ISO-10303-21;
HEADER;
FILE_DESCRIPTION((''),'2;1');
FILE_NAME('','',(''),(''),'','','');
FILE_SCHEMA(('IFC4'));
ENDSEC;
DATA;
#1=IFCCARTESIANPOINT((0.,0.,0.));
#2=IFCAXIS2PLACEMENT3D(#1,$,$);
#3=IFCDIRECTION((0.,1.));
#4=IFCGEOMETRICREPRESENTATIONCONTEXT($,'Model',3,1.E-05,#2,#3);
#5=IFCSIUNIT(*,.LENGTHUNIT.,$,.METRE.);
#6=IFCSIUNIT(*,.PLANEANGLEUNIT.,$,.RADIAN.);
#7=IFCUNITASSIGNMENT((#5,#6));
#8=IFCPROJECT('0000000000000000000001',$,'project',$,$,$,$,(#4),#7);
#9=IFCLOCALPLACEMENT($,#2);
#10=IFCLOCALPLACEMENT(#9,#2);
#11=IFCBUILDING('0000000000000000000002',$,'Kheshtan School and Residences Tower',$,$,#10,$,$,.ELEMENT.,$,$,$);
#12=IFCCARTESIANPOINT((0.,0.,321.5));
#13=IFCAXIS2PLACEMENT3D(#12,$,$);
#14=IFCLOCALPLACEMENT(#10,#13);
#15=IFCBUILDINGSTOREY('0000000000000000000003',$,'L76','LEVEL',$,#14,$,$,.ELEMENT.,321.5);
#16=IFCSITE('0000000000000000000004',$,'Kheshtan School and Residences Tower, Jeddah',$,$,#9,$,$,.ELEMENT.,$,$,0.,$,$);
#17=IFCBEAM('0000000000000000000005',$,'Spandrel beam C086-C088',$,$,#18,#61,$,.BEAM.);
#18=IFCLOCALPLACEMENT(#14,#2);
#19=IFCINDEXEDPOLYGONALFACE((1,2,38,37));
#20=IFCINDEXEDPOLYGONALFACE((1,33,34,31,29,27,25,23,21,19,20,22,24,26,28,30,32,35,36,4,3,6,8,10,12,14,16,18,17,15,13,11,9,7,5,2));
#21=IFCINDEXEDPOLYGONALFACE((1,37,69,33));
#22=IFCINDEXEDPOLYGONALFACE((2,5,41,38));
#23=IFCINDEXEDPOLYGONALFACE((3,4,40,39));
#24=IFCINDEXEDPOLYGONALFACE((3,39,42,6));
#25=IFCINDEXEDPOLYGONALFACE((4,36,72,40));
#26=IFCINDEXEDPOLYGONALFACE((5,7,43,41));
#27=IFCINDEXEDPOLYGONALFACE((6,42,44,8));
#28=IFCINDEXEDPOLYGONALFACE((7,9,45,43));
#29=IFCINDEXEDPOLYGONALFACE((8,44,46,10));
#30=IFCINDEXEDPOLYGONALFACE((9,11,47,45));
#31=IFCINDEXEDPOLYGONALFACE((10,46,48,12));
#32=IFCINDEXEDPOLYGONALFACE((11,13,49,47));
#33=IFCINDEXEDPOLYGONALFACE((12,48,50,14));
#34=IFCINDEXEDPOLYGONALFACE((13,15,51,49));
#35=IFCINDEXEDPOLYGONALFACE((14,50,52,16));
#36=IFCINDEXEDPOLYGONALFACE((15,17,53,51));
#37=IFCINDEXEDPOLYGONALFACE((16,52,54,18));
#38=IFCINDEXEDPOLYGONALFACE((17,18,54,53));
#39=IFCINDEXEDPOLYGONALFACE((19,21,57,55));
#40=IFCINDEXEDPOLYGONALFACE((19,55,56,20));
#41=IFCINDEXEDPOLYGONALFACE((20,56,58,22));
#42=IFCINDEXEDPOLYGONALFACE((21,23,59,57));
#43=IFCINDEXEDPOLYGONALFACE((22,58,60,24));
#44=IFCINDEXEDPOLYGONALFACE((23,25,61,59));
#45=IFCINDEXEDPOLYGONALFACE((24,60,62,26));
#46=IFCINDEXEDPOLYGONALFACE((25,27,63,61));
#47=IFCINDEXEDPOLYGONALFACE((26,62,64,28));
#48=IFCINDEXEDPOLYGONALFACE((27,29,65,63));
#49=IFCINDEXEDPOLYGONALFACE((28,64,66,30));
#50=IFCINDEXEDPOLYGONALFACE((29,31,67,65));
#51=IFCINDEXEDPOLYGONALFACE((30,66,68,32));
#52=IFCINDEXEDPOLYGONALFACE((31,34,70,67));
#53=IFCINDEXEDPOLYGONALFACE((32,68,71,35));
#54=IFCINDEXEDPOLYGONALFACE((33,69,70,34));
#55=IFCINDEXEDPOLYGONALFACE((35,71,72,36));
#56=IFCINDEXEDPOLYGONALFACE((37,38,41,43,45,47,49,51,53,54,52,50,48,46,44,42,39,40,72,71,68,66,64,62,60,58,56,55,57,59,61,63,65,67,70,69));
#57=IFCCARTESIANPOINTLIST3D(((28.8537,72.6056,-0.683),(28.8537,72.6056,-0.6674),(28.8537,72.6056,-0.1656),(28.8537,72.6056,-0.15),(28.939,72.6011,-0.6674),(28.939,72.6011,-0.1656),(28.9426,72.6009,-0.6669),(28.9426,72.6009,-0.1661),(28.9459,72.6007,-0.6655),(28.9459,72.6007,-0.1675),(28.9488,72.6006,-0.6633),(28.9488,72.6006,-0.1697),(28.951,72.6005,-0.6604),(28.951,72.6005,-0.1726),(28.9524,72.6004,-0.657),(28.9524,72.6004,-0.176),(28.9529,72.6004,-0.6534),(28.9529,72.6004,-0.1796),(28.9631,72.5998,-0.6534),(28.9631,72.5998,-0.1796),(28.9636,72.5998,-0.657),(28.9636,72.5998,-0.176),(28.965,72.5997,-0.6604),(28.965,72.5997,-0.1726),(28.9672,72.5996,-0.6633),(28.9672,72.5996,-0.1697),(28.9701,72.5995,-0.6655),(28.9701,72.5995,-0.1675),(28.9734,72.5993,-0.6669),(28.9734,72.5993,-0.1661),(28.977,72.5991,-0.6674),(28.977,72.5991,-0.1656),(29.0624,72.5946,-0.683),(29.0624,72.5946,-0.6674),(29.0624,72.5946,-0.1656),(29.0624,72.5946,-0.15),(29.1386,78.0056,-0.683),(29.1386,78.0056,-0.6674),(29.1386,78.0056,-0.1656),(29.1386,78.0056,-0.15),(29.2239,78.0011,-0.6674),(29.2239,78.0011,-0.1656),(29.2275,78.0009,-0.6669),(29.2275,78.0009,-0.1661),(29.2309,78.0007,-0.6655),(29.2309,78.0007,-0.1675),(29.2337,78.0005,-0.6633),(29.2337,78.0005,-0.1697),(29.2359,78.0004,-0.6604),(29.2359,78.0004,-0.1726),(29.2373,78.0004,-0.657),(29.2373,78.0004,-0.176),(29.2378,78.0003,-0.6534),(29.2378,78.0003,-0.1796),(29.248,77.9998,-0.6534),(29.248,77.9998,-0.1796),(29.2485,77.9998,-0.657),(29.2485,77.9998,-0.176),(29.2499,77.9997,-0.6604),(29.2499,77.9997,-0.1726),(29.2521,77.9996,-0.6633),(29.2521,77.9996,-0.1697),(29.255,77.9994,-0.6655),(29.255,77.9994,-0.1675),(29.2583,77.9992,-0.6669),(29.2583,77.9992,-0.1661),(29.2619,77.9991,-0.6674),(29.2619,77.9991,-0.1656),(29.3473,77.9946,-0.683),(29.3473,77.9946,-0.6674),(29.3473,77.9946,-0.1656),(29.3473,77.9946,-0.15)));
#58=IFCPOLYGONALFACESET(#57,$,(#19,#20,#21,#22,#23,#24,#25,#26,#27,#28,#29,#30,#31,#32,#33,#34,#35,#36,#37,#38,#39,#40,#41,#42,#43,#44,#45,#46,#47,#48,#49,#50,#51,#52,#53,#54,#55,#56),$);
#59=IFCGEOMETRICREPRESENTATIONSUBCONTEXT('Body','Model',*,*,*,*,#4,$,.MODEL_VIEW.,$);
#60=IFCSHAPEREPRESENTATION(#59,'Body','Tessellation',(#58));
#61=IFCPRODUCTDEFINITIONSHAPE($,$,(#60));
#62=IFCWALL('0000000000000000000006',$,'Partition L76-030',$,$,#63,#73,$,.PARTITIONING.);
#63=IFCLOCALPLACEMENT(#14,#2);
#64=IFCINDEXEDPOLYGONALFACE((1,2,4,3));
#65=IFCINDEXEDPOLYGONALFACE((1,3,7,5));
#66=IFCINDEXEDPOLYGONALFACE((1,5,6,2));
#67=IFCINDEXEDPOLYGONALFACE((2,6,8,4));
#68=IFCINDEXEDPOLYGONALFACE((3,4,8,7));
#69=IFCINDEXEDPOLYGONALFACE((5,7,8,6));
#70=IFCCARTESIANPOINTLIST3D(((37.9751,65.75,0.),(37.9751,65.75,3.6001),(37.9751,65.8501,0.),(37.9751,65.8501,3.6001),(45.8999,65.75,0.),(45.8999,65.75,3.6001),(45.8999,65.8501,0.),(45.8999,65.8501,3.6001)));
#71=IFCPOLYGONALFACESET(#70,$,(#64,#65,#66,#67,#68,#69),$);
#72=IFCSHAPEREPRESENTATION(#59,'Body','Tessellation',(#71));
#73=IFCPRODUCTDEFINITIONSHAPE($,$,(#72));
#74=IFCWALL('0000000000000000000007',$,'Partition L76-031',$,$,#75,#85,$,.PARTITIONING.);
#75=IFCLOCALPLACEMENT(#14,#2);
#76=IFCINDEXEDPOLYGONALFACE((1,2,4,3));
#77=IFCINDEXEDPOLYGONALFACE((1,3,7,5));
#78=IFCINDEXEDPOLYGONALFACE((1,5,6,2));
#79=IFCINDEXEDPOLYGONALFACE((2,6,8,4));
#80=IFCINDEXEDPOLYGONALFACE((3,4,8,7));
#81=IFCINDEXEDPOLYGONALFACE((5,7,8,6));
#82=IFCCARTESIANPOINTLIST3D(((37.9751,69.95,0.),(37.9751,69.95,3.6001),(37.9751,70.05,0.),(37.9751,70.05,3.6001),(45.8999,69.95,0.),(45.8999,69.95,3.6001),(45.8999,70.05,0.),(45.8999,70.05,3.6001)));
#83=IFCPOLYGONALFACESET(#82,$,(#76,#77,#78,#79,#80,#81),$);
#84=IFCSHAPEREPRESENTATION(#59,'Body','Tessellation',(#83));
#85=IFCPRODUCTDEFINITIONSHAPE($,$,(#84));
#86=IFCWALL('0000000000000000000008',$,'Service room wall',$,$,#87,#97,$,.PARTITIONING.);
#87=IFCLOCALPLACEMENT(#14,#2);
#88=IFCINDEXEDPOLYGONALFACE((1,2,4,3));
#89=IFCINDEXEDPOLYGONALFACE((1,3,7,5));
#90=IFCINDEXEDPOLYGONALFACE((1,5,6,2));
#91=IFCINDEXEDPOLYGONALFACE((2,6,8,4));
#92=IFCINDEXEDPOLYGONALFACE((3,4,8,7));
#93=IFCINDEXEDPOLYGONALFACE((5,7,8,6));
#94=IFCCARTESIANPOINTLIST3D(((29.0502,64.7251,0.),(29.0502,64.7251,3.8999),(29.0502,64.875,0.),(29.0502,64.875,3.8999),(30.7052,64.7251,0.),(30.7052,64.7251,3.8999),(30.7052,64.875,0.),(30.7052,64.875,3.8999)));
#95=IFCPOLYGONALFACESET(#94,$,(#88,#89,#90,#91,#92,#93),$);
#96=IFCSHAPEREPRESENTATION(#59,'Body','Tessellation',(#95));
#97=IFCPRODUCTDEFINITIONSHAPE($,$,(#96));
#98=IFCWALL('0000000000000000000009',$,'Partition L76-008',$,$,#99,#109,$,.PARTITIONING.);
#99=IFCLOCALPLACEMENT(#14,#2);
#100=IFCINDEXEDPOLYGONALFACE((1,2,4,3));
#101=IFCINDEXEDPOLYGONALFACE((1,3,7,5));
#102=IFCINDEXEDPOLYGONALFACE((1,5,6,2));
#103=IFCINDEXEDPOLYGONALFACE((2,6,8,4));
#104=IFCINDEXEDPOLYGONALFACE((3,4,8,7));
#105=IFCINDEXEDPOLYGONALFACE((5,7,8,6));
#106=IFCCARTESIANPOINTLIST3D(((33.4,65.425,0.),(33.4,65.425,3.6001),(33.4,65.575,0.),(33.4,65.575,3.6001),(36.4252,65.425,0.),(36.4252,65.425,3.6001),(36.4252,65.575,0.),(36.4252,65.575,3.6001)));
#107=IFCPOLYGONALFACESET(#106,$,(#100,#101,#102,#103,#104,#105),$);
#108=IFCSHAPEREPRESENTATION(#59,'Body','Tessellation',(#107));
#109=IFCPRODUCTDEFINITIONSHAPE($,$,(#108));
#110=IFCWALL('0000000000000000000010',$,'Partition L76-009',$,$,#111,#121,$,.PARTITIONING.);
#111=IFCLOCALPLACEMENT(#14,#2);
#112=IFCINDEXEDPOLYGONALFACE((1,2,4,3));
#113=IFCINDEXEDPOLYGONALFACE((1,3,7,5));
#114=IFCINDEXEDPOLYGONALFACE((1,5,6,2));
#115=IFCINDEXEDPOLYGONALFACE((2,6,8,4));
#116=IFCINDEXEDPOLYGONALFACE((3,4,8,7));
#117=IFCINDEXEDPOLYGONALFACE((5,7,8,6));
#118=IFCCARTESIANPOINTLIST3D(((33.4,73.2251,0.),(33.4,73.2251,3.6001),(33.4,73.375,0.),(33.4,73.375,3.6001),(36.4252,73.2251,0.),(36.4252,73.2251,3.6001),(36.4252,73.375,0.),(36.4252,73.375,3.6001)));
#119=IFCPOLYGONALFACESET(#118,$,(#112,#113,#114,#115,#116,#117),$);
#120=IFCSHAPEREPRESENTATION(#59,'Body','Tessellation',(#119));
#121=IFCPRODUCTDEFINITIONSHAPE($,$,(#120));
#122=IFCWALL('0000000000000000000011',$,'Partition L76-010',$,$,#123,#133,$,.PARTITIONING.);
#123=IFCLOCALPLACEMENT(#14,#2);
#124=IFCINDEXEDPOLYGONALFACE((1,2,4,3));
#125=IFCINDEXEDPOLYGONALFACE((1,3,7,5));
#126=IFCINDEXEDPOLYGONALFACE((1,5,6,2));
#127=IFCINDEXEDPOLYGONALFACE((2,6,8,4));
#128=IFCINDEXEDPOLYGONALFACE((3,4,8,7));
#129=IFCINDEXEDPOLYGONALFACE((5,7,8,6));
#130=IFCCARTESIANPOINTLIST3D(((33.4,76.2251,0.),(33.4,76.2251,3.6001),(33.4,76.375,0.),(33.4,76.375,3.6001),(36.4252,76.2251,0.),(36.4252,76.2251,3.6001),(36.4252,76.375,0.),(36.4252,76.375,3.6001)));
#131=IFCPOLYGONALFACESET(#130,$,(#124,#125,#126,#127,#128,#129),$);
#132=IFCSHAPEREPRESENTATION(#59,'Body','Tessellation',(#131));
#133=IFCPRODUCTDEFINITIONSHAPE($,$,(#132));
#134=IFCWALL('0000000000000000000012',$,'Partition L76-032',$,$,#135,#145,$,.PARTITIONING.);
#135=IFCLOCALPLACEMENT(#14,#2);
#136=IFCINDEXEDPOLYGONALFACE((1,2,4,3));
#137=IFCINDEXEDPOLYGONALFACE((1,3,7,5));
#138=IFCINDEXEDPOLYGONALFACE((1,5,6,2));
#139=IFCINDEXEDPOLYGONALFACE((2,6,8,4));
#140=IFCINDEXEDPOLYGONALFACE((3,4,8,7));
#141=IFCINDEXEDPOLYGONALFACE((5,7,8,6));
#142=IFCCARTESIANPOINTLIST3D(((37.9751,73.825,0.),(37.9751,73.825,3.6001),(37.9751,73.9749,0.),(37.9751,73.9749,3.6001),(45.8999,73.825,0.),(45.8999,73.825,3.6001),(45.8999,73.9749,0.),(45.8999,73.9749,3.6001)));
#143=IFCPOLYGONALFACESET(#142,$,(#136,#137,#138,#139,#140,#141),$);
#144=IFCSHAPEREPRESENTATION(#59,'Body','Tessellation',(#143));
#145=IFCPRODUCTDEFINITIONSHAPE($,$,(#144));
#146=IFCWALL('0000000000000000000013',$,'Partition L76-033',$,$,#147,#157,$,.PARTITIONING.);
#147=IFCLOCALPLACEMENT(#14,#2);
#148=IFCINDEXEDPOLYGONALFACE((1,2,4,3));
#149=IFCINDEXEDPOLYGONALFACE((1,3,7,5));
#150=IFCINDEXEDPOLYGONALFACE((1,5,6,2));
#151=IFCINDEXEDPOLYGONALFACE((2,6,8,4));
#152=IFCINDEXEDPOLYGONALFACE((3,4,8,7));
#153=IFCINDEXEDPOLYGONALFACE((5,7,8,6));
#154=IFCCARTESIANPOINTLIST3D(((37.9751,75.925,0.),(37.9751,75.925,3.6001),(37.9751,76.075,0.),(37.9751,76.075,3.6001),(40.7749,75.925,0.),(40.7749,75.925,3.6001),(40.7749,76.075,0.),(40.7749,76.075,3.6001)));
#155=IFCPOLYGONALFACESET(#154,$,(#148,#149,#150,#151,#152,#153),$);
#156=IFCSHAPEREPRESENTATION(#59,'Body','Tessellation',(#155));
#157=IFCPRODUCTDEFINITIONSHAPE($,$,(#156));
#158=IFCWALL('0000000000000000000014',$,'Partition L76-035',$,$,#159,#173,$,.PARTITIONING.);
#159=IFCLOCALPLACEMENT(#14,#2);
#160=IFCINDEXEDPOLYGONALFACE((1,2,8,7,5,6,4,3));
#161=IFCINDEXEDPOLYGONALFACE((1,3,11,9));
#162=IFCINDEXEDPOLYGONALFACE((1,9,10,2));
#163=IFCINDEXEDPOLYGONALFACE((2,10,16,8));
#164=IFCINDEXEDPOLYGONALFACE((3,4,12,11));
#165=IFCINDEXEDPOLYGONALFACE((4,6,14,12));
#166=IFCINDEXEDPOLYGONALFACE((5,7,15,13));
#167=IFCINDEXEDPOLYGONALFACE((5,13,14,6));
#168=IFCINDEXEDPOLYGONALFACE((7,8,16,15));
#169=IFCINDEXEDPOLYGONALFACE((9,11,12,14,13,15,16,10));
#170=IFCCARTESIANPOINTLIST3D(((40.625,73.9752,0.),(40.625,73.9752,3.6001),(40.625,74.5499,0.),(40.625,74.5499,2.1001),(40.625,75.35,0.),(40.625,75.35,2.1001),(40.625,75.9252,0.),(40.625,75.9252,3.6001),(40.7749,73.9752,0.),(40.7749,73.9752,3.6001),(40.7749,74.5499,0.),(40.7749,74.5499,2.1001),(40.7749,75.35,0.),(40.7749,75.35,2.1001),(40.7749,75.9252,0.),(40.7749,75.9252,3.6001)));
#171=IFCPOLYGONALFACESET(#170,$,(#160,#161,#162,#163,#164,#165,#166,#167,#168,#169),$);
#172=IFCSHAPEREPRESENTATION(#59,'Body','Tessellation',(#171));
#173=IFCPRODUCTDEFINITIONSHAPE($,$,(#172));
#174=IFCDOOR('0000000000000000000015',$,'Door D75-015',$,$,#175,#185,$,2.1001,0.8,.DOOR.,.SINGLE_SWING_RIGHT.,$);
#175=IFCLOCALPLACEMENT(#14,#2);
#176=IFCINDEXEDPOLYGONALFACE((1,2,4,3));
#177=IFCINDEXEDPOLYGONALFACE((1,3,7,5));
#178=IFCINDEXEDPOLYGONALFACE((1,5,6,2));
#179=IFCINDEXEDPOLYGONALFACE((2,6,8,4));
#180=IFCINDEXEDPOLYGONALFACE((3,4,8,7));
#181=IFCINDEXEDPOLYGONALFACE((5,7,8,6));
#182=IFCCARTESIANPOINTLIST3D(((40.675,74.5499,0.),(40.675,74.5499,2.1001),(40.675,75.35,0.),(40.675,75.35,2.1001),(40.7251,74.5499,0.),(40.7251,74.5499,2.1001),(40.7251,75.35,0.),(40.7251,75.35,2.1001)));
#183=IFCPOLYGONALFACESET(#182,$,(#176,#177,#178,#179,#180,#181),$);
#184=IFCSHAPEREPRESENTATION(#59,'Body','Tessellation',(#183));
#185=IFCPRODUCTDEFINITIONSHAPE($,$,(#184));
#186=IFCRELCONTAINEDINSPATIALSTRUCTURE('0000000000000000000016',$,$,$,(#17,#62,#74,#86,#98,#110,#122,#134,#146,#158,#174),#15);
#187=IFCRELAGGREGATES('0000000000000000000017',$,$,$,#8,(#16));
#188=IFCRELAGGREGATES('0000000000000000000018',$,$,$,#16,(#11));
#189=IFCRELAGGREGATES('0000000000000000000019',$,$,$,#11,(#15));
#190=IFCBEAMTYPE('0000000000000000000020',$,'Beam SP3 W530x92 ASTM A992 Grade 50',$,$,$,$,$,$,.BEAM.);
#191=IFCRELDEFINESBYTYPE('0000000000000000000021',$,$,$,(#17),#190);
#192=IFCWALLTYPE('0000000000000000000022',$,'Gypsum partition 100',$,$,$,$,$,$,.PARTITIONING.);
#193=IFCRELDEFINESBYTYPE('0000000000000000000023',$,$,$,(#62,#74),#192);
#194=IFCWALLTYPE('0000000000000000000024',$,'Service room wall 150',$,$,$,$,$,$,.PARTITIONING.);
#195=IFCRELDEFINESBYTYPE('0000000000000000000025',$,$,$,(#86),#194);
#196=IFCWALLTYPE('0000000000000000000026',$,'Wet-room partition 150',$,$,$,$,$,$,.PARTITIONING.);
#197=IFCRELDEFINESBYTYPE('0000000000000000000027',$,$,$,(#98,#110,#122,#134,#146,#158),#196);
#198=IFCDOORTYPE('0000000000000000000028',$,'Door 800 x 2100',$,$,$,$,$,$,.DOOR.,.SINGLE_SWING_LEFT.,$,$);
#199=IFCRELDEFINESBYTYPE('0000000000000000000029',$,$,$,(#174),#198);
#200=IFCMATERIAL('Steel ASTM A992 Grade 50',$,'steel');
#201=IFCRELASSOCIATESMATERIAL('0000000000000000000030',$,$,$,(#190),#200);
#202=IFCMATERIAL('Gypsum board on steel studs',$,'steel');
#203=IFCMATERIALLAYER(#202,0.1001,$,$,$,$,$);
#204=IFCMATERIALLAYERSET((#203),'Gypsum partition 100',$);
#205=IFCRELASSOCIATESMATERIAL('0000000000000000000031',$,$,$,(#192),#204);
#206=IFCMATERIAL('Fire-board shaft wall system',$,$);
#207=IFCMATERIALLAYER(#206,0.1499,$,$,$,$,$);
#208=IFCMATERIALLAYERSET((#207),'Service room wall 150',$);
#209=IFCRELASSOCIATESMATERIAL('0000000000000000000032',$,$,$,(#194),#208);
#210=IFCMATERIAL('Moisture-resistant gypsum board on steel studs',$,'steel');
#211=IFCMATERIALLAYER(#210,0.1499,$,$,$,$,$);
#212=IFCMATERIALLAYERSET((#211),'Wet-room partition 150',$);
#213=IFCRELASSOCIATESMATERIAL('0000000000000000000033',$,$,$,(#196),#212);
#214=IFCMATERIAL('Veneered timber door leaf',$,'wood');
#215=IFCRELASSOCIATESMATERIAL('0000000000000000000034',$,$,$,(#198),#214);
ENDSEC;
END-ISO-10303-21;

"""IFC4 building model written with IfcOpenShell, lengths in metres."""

from ifc_helpers import new_model, si_unit, direction, frame, frame_2d, origin, origin_2d, place, context, subcontext, project, spatial, rectangle, i_section, extrude, source, transform, mapped, material, layer, layer_set, material_profile, profile_set, type_object, element, fill, save


model = new_model("IFC4")

# Units and contexts
model_context = context("Model", 3, precision=1e-05, world=origin(), true_north=direction((0.0, 1.0)))
body_context = subcontext(model_context, "Body", "Model", "MODEL_VIEW")
ifc_project = project(units=[si_unit("LENGTHUNIT", "METRE"), si_unit("PLANEANGLEUNIT", "RADIAN")], contexts=[model_context])

# Site, building, storey
site_placement = place(None, origin())
site = spatial("IfcSite", under=ifc_project, at=site_placement, Name="Kheshtan School and Residences Tower, Jeddah", CompositionType="ELEMENT", RefElevation=0.0)
building_placement = place(site_placement, origin())
building = spatial("IfcBuilding", under=site, at=building_placement, Name="Kheshtan School and Residences Tower", CompositionType="ELEMENT")
storey_placement = place(building_placement, frame((0.0, 0.0, 321.5)))
storey = spatial("IfcBuildingStorey", under=building, at=storey_placement, Name="L76", Description="LEVEL", CompositionType="ELEMENT", Elevation=321.5)

# Shared definitions
ifc_material_1 = material(Name="Steel ASTM A992 Grade 50", Category="steel")

# Beam
ifc_material_profile_1 = material_profile(ifc_material_1, i_section(OverallWidth=0.209, OverallDepth=0.533, WebThickness=0.0103, FlangeThickness=0.0156, FilletRadius=0.0139, at=origin_2d()), Name="W530x92")
ifc_profile_set_1 = profile_set([ifc_material_profile_1], Name="Steel ASTM A992 Grade 50")
beam_type_1 = type_object("IfcBeamType", Name="Beam SP3 W530x92 ASTM A992 Grade 50", PredefinedType="BEAM", material=ifc_profile_set_1)
beam_1_placement = place(storey_placement, frame((28.958, 72.6001, -0.4165), z_axis=(0.052689, 0.998611, 0.0), x_axis=(-0.998611, 0.052689, 0.0)))
element("IfcBeam", 1, at=beam_1_placement, inside=storey, type_object=beam_type_1, Name="Spandrel beam C086-C088", PredefinedType="BEAM", context=body_context, shape_type="SweptSolid", body=[
    extrude(i_section(OverallWidth=0.209, OverallDepth=0.533, WebThickness=0.0103, FlangeThickness=0.0156, FilletRadius=0.0139, at=origin_2d()), origin(), (0.0, 0.0, 1.0), 5.4075),
])

# Walls
ifc_material_2 = material(Name="Gypsum board on steel studs", Category="steel")
ifc_layer_1 = layer(ifc_material_2, 0.1001)
ifc_layer_set_1 = layer_set([ifc_layer_1], Name="Gypsum partition 100")
wall_type_1 = type_object("IfcWallType", Name="Gypsum partition 100", PredefinedType="PARTITIONING", material=ifc_layer_set_1)
for number, where, z_axis, x_axis, name in (
    (2, (37.9751, 65.8, 0.0), (0.0, 0.0, 1.0), (1.0, 0.0, 0.0), "Partition L76-030"),
    (3, (37.9751, 70.0, 0.0), (0.0, 0.0, 1.0), (1.0, 0.0, 0.0), "Partition L76-031"),
):
    element("IfcWall", number, at=place(storey_placement, frame(where, z_axis=z_axis, x_axis=x_axis)), inside=storey, type_object=wall_type_1, Name=name, PredefinedType="PARTITIONING", context=body_context, shape_type="SweptSolid", body=[
        extrude(rectangle(XDim=7.9248, YDim=0.1001, at=frame_2d((3.9624, 0.0))), origin(), (0.0, 0.0, 1.0), 3.6001),
    ])
ifc_material_3 = material(Name="Fire-board shaft wall system")
ifc_layer_2 = layer(ifc_material_3, 0.1499)
ifc_layer_set_2 = layer_set([ifc_layer_2], Name="Service room wall 150")
wall_type_2 = type_object("IfcWallType", Name="Service room wall 150", PredefinedType="PARTITIONING", material=ifc_layer_set_2)
wall_1_placement = place(storey_placement, frame((29.05, 64.8, 0.0), z_axis=(0.0, 0.0, 1.0), x_axis=(1.0, 0.0, 0.0)))
element("IfcWall", 4, at=wall_1_placement, inside=storey, type_object=wall_type_2, Name="Service room wall", PredefinedType="PARTITIONING", context=body_context, shape_type="SweptSolid", body=[
    extrude(rectangle(XDim=1.655, YDim=0.1499, at=frame_2d((0.8276, 0.0))), origin(), (0.0, 0.0, 1.0), 3.8999),
])
ifc_material_4 = material(Name="Moisture-resistant gypsum board on steel studs", Category="steel")
ifc_layer_3 = layer(ifc_material_4, 0.1499)
ifc_layer_set_3 = layer_set([ifc_layer_3], Name="Wet-room partition 150")
wall_type_3 = type_object("IfcWallType", Name="Wet-room partition 150", PredefinedType="PARTITIONING", material=ifc_layer_set_3)
for number, where, z_axis, x_axis, name in (
    (5, (33.3999, 65.5, 0.0), (0.0, 0.0, 1.0), (1.0, 0.0, 0.0), "Partition L76-008"),
    (6, (33.3999, 73.3, 0.0), (0.0, 0.0, 1.0), (1.0, 0.0, 0.0), "Partition L76-009"),
    (7, (33.3999, 76.3, 0.0), (0.0, 0.0, 1.0), (1.0, 0.0, 0.0), "Partition L76-010"),
):
    element("IfcWall", number, at=place(storey_placement, frame(where, z_axis=z_axis, x_axis=x_axis)), inside=storey, type_object=wall_type_3, Name=name, PredefinedType="PARTITIONING", context=body_context, shape_type="SweptSolid", body=[
        extrude(rectangle(XDim=3.0251, YDim=0.1499, at=frame_2d((1.5127, 0.0))), origin(), (0.0, 0.0, 1.0), 3.6001),
    ])

# Shared definitions
ifc_material_5 = material(Name="Veneered timber door leaf", Category="wood")
door_type_1 = type_object("IfcDoorType", Name="Door 800 x 2100", OperationType="SINGLE_SWING_LEFT", PredefinedType="DOOR", material=ifc_material_5)
shared_shape_1 = source(origin(), body_context, "Body", "SweptSolid", [
    extrude(rectangle(XDim=0.8, YDim=2.1001, at=frame_2d((0.3999, 1.05))), frame((0.0, 0.0249, 0.0), z_axis=(0.0, -1.0, 0.0), x_axis=(1.0, 0.0, 0.0)), (0.0, 0.0, 1.0), 0.05),
])

# Walls
wall_2_placement = place(storey_placement, frame((37.9751, 73.8999, 0.0), z_axis=(0.0, 0.0, 1.0), x_axis=(1.0, 0.0, 0.0)))
element("IfcWall", 8, at=wall_2_placement, inside=storey, type_object=wall_type_3, Name="Partition L76-032", PredefinedType="PARTITIONING", context=body_context, shape_type="SweptSolid", body=[
    extrude(rectangle(XDim=7.9248, YDim=0.1499, at=frame_2d((3.9624, 0.0))), origin(), (0.0, 0.0, 1.0), 3.6001),
])
wall_3_placement = place(storey_placement, frame((37.9751, 76.0, 0.0), z_axis=(0.0, 0.0, 1.0), x_axis=(1.0, 0.0, 0.0)))
element("IfcWall", 9, at=wall_3_placement, inside=storey, type_object=wall_type_3, Name="Partition L76-033", PredefinedType="PARTITIONING", context=body_context, shape_type="SweptSolid", body=[
    extrude(rectangle(XDim=2.7998, YDim=0.1499, at=frame_2d((1.3999, 0.0))), origin(), (0.0, 0.0, 1.0), 3.6001),
])

# Wall, opening, door
wall_4_placement = place(storey_placement, frame((40.7, 73.9751, 0.0), z_axis=(0.0, 0.0, 1.0), x_axis=(0.0, 1.0, 0.0)))
wall_4 = element("IfcWall", 10, at=wall_4_placement, inside=storey, type_object=wall_type_3, Name="Partition L76-035", PredefinedType="PARTITIONING", context=body_context, shape_type="SweptSolid", body=[
    extrude(rectangle(XDim=1.95, YDim=0.1499, at=frame_2d((0.9751, 0.0))), origin(), (0.0, 0.0, 1.0), 3.6001),
])
opening_1_placement = place(wall_4_placement, frame((0.575, 0.0, 0.0)))
opening_1 = element("IfcOpeningElement", 11, at=opening_1_placement, cuts=wall_4, PredefinedType="OPENING", context=body_context, shape_type="SweptSolid", body=[
    extrude(rectangle(XDim=0.8, YDim=2.1001, at=frame_2d((0.3999, 1.05))), frame((0.0, 0.085, 0.0), z_axis=(0.0, -1.0, 0.0), x_axis=(1.0, 0.0, 0.0)), (0.0, 0.0, 1.0), 0.1699),
])
door_1_placement = place(opening_1_placement, origin())
door_1 = element("IfcDoor", 12, at=door_1_placement, inside=storey, type_object=door_type_1, Name="Door D75-015", OperationType="SINGLE_SWING_RIGHT", OverallHeight=2.1001, OverallWidth=0.8, PredefinedType="DOOR", context=body_context, shape_type="MappedRepresentation", body=[
    mapped(shared_shape_1, transform((0.0, 0.0, 0.0), x_axis=(1.0, 0.0, 0.0), y_axis=(0.0, 1.0, 0.0), z_axis=(0.0, 0.0, 1.0), scale=1.0)),
])
fill(opening_1, door_1)

save(model, "model.ifc")
